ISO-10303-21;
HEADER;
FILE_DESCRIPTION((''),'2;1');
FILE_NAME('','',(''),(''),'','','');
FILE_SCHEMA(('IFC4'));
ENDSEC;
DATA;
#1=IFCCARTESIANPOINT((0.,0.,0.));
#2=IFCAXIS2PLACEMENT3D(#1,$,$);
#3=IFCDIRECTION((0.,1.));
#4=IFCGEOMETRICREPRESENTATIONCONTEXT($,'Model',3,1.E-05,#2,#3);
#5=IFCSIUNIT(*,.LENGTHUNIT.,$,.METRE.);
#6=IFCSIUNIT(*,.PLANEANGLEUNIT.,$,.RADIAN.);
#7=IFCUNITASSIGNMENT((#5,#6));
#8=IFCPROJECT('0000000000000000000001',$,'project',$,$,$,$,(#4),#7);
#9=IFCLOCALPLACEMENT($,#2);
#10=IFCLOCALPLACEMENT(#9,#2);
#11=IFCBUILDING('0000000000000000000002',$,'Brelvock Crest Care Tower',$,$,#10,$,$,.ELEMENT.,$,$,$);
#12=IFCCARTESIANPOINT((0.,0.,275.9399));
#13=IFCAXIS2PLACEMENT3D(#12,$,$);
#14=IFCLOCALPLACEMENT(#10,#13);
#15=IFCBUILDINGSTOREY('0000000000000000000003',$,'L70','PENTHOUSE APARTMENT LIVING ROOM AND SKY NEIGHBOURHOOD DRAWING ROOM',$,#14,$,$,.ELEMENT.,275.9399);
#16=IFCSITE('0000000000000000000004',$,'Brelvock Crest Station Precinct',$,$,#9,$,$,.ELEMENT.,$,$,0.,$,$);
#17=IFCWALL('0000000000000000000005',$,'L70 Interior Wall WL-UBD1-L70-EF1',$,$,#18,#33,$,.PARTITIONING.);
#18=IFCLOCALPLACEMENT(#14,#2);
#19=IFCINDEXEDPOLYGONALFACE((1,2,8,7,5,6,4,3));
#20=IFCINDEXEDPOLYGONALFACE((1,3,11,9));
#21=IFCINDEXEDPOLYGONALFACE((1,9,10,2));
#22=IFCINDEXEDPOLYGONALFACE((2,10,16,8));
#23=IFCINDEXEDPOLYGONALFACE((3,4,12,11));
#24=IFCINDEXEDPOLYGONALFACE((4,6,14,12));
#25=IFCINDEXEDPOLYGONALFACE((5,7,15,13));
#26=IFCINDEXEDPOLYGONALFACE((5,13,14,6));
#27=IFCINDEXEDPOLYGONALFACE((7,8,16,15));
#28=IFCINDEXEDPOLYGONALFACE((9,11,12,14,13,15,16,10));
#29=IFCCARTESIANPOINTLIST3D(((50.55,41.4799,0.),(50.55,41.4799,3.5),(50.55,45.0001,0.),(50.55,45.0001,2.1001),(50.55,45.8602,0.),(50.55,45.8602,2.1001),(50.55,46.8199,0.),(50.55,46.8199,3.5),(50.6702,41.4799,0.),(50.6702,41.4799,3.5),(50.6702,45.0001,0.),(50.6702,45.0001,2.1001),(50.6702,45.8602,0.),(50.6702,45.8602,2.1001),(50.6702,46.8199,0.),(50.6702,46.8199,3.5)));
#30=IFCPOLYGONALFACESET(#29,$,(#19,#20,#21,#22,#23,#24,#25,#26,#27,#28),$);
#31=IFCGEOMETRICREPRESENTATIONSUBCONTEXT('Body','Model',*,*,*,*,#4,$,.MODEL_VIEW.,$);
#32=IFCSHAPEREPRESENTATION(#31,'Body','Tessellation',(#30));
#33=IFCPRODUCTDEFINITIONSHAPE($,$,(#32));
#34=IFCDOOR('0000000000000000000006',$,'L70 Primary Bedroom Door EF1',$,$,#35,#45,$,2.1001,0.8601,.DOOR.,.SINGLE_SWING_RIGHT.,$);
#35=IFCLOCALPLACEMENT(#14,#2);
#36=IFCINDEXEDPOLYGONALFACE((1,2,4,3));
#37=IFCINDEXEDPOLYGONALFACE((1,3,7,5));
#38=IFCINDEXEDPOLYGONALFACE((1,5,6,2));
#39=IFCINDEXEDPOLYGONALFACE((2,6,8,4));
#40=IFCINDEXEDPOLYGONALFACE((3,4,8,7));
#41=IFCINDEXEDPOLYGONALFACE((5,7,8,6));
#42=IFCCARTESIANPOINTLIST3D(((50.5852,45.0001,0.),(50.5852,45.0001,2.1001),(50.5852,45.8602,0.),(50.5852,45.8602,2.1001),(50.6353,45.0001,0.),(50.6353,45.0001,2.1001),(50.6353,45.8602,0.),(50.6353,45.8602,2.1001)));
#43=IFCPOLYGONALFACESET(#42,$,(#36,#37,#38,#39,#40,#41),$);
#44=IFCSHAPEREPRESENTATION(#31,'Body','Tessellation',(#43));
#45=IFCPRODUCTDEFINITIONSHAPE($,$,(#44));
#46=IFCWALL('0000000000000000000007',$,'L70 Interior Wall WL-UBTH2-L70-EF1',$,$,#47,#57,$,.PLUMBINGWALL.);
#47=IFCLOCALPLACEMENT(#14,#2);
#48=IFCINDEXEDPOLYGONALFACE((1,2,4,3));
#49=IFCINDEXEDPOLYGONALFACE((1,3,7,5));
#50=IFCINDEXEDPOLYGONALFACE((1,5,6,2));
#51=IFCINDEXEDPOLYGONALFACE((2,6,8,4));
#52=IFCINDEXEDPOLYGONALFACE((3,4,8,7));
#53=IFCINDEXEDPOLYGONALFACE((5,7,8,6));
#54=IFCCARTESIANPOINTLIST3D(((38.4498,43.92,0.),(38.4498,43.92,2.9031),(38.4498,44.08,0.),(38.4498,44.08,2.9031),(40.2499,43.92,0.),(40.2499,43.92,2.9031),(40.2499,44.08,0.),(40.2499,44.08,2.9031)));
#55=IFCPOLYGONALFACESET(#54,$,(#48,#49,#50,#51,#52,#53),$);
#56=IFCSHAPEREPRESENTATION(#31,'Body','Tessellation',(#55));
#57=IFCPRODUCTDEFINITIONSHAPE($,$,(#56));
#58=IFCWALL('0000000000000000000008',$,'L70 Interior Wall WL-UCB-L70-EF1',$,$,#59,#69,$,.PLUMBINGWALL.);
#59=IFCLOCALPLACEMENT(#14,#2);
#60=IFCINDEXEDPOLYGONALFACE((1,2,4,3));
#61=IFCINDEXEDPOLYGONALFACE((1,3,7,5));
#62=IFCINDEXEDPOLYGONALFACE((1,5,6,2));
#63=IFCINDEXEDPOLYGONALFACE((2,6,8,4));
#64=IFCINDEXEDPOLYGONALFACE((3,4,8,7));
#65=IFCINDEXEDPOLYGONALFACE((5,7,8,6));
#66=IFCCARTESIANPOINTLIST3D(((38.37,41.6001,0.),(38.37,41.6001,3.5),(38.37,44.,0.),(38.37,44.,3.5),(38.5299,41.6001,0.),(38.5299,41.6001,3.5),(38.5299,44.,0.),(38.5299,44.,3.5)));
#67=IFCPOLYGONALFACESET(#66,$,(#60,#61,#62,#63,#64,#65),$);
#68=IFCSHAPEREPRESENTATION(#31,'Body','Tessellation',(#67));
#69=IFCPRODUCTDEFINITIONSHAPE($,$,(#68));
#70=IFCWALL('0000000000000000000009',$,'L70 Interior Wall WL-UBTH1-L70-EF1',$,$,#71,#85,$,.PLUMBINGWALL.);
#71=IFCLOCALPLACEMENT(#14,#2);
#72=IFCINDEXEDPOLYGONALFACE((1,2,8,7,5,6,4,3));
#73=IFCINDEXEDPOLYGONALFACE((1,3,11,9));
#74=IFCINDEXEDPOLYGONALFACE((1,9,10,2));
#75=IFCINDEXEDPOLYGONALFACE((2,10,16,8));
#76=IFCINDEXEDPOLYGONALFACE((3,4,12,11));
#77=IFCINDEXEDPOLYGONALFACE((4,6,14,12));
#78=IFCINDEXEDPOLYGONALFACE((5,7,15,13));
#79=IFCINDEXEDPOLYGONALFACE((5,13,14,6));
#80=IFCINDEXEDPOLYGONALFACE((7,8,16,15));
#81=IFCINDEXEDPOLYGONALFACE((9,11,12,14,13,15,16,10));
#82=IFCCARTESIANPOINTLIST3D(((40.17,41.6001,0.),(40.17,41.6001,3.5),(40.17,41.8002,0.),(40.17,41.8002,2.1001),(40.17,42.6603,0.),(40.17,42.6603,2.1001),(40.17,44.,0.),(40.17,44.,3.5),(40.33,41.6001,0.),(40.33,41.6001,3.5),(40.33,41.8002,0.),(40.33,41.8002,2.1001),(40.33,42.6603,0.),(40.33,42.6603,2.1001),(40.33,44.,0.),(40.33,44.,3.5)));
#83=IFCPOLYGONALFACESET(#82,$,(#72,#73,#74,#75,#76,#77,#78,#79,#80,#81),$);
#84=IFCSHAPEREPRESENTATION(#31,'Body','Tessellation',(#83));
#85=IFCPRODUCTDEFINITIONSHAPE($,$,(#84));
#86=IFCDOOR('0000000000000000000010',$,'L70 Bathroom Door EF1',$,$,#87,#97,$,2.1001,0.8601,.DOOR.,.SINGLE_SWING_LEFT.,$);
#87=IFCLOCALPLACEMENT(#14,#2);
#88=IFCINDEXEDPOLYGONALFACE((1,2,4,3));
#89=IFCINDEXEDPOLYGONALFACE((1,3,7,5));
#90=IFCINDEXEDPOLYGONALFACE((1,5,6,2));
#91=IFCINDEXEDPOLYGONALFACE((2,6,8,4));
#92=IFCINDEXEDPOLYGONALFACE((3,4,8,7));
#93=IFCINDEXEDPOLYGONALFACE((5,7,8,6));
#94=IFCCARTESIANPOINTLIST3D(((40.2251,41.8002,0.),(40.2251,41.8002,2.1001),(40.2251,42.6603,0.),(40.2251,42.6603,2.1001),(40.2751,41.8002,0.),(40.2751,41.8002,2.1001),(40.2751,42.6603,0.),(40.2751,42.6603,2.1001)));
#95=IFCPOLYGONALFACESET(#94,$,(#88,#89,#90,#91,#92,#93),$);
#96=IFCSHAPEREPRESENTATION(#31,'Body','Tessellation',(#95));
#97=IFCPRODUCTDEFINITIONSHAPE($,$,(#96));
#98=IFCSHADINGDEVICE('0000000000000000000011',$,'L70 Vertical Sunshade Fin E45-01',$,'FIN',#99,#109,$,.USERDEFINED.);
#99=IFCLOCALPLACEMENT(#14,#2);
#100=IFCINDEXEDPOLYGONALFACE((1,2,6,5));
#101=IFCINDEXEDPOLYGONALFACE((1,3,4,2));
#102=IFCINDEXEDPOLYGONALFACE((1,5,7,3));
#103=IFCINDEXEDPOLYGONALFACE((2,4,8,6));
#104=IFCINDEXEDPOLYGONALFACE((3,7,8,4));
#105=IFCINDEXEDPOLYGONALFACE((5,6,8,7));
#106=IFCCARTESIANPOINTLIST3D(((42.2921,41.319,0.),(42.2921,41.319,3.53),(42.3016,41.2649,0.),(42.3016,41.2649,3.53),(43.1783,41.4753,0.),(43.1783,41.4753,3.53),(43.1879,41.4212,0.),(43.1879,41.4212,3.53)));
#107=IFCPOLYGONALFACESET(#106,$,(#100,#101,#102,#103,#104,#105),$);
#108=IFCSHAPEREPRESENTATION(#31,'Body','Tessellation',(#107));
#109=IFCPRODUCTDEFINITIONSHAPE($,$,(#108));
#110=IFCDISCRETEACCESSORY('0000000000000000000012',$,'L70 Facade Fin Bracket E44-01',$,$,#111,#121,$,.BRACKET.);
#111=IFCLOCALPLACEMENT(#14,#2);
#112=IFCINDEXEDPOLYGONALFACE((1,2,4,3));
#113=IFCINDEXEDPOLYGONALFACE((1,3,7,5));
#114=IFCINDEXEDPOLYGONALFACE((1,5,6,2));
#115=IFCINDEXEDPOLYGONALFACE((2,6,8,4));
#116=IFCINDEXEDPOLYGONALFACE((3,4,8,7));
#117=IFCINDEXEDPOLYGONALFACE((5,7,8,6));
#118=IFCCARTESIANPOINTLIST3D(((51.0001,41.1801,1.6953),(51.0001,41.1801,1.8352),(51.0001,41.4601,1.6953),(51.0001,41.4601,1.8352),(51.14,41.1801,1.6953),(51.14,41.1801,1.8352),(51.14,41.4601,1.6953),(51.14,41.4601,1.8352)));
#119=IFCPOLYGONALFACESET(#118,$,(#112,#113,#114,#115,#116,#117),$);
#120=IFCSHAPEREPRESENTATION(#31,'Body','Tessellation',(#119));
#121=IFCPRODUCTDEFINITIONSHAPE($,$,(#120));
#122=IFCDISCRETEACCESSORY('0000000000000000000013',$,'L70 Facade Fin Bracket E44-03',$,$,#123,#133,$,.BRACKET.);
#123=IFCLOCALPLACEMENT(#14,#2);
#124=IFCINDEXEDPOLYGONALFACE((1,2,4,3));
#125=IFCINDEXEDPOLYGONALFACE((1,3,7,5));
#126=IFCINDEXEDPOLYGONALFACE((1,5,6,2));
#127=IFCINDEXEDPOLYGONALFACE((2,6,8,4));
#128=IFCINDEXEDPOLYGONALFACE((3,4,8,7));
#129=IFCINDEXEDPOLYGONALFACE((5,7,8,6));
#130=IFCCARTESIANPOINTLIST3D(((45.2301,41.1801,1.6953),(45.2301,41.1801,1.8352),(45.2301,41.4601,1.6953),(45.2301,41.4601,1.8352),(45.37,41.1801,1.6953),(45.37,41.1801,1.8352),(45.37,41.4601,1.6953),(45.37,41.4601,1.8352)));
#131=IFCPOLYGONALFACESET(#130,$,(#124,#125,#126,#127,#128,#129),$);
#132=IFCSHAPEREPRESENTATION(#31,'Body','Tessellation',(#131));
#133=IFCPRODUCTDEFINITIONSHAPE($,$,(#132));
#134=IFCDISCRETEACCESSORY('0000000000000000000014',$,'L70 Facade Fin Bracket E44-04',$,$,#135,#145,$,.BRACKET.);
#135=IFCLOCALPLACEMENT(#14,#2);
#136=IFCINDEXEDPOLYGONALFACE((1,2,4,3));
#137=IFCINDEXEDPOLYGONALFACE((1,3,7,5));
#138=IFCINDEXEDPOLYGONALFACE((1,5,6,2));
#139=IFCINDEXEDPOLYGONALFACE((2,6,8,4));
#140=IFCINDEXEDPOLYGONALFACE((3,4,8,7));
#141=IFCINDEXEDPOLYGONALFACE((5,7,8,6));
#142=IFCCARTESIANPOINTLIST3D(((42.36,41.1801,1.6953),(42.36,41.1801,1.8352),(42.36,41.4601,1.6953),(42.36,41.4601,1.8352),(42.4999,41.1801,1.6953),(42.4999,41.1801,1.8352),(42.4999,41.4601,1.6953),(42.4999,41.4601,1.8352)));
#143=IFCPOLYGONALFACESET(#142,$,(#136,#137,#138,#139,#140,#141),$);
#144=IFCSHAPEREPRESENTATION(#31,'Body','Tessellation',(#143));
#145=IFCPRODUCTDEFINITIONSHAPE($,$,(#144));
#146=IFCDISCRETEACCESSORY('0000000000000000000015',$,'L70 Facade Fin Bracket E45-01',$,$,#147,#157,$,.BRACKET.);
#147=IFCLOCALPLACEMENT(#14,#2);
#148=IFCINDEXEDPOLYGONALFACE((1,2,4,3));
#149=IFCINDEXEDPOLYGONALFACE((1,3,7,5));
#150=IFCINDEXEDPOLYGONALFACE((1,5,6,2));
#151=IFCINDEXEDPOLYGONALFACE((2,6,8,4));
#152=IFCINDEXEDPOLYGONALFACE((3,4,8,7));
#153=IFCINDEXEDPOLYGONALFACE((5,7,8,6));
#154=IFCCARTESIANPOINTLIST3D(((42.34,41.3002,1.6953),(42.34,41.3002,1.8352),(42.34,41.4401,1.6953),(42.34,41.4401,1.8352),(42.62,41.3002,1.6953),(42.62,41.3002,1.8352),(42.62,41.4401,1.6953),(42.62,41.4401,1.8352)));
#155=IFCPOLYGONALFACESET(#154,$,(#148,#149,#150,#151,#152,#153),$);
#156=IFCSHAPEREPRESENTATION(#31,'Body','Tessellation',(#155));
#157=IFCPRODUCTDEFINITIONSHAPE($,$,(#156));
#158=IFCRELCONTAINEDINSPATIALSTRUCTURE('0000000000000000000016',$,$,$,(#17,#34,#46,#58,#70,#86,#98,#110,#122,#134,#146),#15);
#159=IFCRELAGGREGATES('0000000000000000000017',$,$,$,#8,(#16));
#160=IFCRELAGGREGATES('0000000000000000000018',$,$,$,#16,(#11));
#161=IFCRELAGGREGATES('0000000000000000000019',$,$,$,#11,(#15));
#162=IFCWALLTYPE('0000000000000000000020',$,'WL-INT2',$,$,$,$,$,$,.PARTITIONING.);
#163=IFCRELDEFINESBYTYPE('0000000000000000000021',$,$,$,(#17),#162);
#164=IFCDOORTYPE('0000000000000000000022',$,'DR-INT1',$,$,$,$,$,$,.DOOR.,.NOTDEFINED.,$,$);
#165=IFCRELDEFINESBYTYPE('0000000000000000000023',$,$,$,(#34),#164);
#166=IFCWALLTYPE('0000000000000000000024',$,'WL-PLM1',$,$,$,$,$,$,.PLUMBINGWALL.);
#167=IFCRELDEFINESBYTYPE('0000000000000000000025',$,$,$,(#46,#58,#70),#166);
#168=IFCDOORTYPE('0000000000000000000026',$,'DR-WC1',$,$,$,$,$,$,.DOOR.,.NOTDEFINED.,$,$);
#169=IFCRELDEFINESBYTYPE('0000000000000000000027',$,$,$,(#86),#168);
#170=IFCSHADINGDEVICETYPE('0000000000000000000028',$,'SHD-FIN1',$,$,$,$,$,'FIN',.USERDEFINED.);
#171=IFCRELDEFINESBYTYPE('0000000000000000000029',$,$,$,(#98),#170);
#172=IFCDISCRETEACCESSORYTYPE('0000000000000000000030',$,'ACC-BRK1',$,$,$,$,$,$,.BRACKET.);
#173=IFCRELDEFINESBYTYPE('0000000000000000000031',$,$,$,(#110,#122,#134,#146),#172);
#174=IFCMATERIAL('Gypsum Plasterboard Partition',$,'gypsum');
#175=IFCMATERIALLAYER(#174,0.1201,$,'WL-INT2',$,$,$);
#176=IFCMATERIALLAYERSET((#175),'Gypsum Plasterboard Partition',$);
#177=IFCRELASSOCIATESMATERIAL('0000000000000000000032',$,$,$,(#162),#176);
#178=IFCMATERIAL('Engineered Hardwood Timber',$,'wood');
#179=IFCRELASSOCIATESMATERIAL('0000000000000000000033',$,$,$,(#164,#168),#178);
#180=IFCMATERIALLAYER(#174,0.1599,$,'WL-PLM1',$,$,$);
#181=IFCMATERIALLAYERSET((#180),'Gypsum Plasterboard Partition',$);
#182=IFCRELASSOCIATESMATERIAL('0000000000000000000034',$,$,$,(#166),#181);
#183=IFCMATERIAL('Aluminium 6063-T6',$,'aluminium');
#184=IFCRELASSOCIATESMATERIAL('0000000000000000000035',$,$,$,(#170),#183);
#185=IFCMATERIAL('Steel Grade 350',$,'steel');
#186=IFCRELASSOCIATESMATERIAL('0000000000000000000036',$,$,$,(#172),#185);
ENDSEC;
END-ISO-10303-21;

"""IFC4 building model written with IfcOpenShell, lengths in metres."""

from ifc_helpers import new_model, si_unit, direction, frame, frame_2d, origin, origin_2d, place, context, subcontext, project, spatial, rectangle, extrude, source, transform, mapped, material, layer, layer_set, material_profile, profile_set, type_object, element, fill, save


model = new_model("IFC4")

# Units and contexts
model_context = context("Model", 3, precision=1e-05, world=origin(), true_north=direction((0.0, 1.0)))
body_context = subcontext(model_context, "Body", "Model", "MODEL_VIEW")
ifc_project = project(units=[si_unit("LENGTHUNIT", "METRE"), si_unit("PLANEANGLEUNIT", "RADIAN")], contexts=[model_context])

# Site, building, storey
site_placement = place(None, origin())
site = spatial("IfcSite", under=ifc_project, at=site_placement, Name="Brelvock Crest Station Precinct", CompositionType="ELEMENT", RefElevation=0.0)
building_placement = place(site_placement, origin())
building = spatial("IfcBuilding", under=site, at=building_placement, Name="Brelvock Crest Care Tower", CompositionType="ELEMENT")
storey_placement = place(building_placement, frame((0.0, 0.0, 275.9399)))
storey = spatial("IfcBuildingStorey", under=building, at=storey_placement, Name="L70", Description="PENTHOUSE APARTMENT LIVING ROOM AND SKY NEIGHBOURHOOD DRAWING ROOM", CompositionType="ELEMENT", Elevation=275.9399)

# Shared definitions
ifc_material_1 = material(Name="Steel Grade 350", Category="steel")

# Shared definitions
ifc_material_2 = material(Name="Aluminium 6063-T6", Category="aluminium")

# Wall, opening, door
ifc_material_3 = material(Name="Gypsum Plasterboard Partition", Category="gypsum")
ifc_layer_1 = layer(ifc_material_3, 0.1201, Name="WL-INT2")
ifc_layer_set_1 = layer_set([ifc_layer_1], Name="Gypsum Plasterboard Partition")
wall_type_1 = type_object("IfcWallType", Name="WL-INT2", PredefinedType="PARTITIONING", material=ifc_layer_set_1)
wall_1_placement = place(storey_placement, frame((50.6101, 41.48, 0.0), z_axis=(0.0, 0.0, 1.0), x_axis=(0.0, 1.0, 0.0)))
wall_1 = element("IfcWall", 1, at=wall_1_placement, inside=storey, type_object=wall_type_1, Name="L70 Interior Wall WL-UBD1-L70-EF1", PredefinedType="PARTITIONING", context=body_context, shape_type="SweptSolid", body=[
    extrude(rectangle(XDim=5.3401, YDim=0.1201, at=frame_2d((2.6699, 0.0))), origin(), (0.0, 0.0, 1.0), 3.5),
])
opening_1_placement = place(wall_1_placement, frame((3.52, 0.0, 0.0)))
opening_1 = element("IfcOpeningElement", 2, at=opening_1_placement, cuts=wall_1, PredefinedType="OPENING", context=body_context, shape_type="SweptSolid", body=[
    extrude(rectangle(XDim=0.8601, YDim=2.1001, at=origin_2d()), frame((0.4302, 0.0701, 1.05), z_axis=(0.0, -1.0, 0.0), x_axis=(1.0, 0.0, 0.0)), (0.0, 0.0, 1.0), 0.1401),
])
ifc_material_4 = material(Name="Engineered Hardwood Timber", Category="wood")
door_type_1 = type_object("IfcDoorType", Name="DR-INT1", OperationType="NOTDEFINED", PredefinedType="DOOR", material=ifc_material_4)
shared_shape_1 = source(origin(), body_context, "Body", "SweptSolid", [
    extrude(rectangle(XDim=0.8601, YDim=2.1001, at=origin_2d()), frame((0.4302, 0.0249, 1.05), z_axis=(0.0, -1.0, 0.0), x_axis=(1.0, 0.0, 0.0)), (0.0, 0.0, 1.0), 0.05),
])
door_1_placement = place(opening_1_placement, origin())
door_1 = element("IfcDoor", 3, at=door_1_placement, inside=storey, type_object=door_type_1, Name="L70 Primary Bedroom Door EF1", OperationType="SINGLE_SWING_RIGHT", OverallHeight=2.1001, OverallWidth=0.8601, PredefinedType="DOOR", context=body_context, shape_type="MappedRepresentation", body=[
    mapped(shared_shape_1, transform((0.0, 0.0, 0.0), x_axis=(1.0, 0.0, 0.0), y_axis=(0.0, 1.0, 0.0), z_axis=(0.0, 0.0, 1.0), scale=1.0)),
])
fill(opening_1, door_1)

# Walls
ifc_layer_2 = layer(ifc_material_3, 0.1599, Name="WL-PLM1")
ifc_layer_set_2 = layer_set([ifc_layer_2], Name="Gypsum Plasterboard Partition")
wall_type_2 = type_object("IfcWallType", Name="WL-PLM1", PredefinedType="PLUMBINGWALL", material=ifc_layer_set_2)
wall_2_placement = place(storey_placement, frame((38.45, 44.0, 0.0), z_axis=(0.0, 0.0, 1.0), x_axis=(1.0, 0.0, 0.0)))
element("IfcWall", 4, at=wall_2_placement, inside=storey, type_object=wall_type_2, Name="L70 Interior Wall WL-UBTH2-L70-EF1", PredefinedType="PLUMBINGWALL", context=body_context, shape_type="SweptSolid", body=[
    extrude(rectangle(XDim=1.8, YDim=0.1599, at=frame_2d((0.8999, 0.0))), origin(), (0.0, 0.0, 1.0), 2.9031),
])
wall_3_placement = place(storey_placement, frame((38.45, 41.6001, 0.0), z_axis=(0.0, 0.0, 1.0), x_axis=(0.0, 1.0, 0.0)))
element("IfcWall", 5, at=wall_3_placement, inside=storey, type_object=wall_type_2, Name="L70 Interior Wall WL-UCB-L70-EF1", PredefinedType="PLUMBINGWALL", context=body_context, shape_type="SweptSolid", body=[
    extrude(rectangle(XDim=2.3999, YDim=0.1599, at=frame_2d((1.2, 0.0))), origin(), (0.0, 0.0, 1.0), 3.5),
])

# Wall, opening, door
wall_4_placement = place(storey_placement, frame((40.25, 41.6001, 0.0), z_axis=(0.0, 0.0, 1.0), x_axis=(0.0, 1.0, 0.0)))
wall_4 = element("IfcWall", 6, at=wall_4_placement, inside=storey, type_object=wall_type_2, Name="L70 Interior Wall WL-UBTH1-L70-EF1", PredefinedType="PLUMBINGWALL", context=body_context, shape_type="SweptSolid", body=[
    extrude(rectangle(XDim=2.3999, YDim=0.1599, at=frame_2d((1.2, 0.0))), origin(), (0.0, 0.0, 1.0), 3.5),
])
opening_2_placement = place(wall_4_placement, frame((0.2, 0.0, 0.0)))
opening_2 = element("IfcOpeningElement", 7, at=opening_2_placement, cuts=wall_4, PredefinedType="OPENING", context=body_context, shape_type="SweptSolid", body=[
    extrude(rectangle(XDim=0.8601, YDim=2.1001, at=origin_2d()), frame((0.4302, 0.0898, 1.05), z_axis=(0.0, -1.0, 0.0), x_axis=(1.0, 0.0, 0.0)), (0.0, 0.0, 1.0), 0.1799),
])
door_type_2 = type_object("IfcDoorType", Name="DR-WC1", OperationType="NOTDEFINED", PredefinedType="DOOR", material=ifc_material_4)
shared_shape_2 = source(origin(), body_context, "Body", "SweptSolid", [
    extrude(rectangle(XDim=0.8601, YDim=2.1001, at=origin_2d()), frame((0.4302, 0.0249, 1.05), z_axis=(0.0, -1.0, 0.0), x_axis=(1.0, 0.0, 0.0)), (0.0, 0.0, 1.0), 0.05),
])
door_2_placement = place(opening_2_placement, origin())
door_2 = element("IfcDoor", 8, at=door_2_placement, inside=storey, type_object=door_type_2, Name="L70 Bathroom Door EF1", OperationType="SINGLE_SWING_LEFT", OverallHeight=2.1001, OverallWidth=0.8601, PredefinedType="DOOR", context=body_context, shape_type="MappedRepresentation", body=[
    mapped(shared_shape_2, transform((0.0, 0.0, 0.0), x_axis=(1.0, 0.0, 0.0), y_axis=(0.0, 1.0, 0.0), z_axis=(0.0, 0.0, 1.0), scale=1.0)),
])
fill(opening_2, door_2)

# Shading device
ifc_material_profile_1 = material_profile(ifc_material_2, rectangle(XDim=0.0549, YDim=0.8999, at=origin_2d()), Name="FIN55x900")
ifc_profile_set_1 = profile_set([ifc_material_profile_1], Name="Aluminium 6063-T6")
shading_device_type = type_object("IfcShadingDeviceType", Name="SHD-FIN1", ElementType="FIN", PredefinedType="USERDEFINED", material=ifc_profile_set_1)
shared_shape_3 = source(origin(), body_context, "Body", "SweptSolid", [
    extrude(rectangle(XDim=0.0549, YDim=0.8999, at=origin_2d()), origin(), (0.0, 0.0, 1.0), 3.53),
])
shading_device_placement = place(storey_placement, frame((42.74, 41.3701, 0.0), z_axis=(0.0, 0.0, 1.0), x_axis=(0.173648, -0.984808, 0.0)))
element("IfcShadingDevice", 9, at=shading_device_placement, inside=storey, type_object=shading_device_type, Name="L70 Vertical Sunshade Fin E45-01", ObjectType="FIN", PredefinedType="USERDEFINED", context=body_context, shape_type="MappedRepresentation", body=[
    mapped(shared_shape_3, transform((0.0, 0.0, 0.0), x_axis=(1.0, 0.0, 0.0), y_axis=(0.0, 1.0, 0.0), z_axis=(0.0, 0.0, 1.0), scale=1.0)),
])

# Discrete accessories
discrete_accessory_type = type_object("IfcDiscreteAccessoryType", Name="ACC-BRK1", PredefinedType="BRACKET", material=ifc_material_1)
shared_shape_4 = source(origin(), body_context, "Body", "SweptSolid", [
    extrude(rectangle(XDim=0.28, YDim=0.1399, at=origin_2d()), origin(), (0.0, 0.0, 1.0), 0.1399),
])
for number, where, z_axis, x_axis, name in (
    (10, (51.0701, 41.3201, 1.6953), (0.0, 0.0, 1.0), (0.0, -1.0, 0.0), "L70 Facade Fin Bracket E44-01"),
    (11, (45.3, 41.3201, 1.6953), (0.0, 0.0, 1.0), (0.0, -1.0, 0.0), "L70 Facade Fin Bracket E44-03"),
    (12, (42.4299, 41.3201, 1.6953), (0.0, 0.0, 1.0), (0.0, -1.0, 0.0), "L70 Facade Fin Bracket E44-04"),
    (13, (42.48, 41.3701, 1.6953), (0.0, 0.0, 1.0), (1.0, 0.0, 0.0), "L70 Facade Fin Bracket E45-01"),
):
    element("IfcDiscreteAccessory", number, at=place(storey_placement, frame(where, z_axis=z_axis, x_axis=x_axis)), inside=storey, type_object=discrete_accessory_type, Name=name, PredefinedType="BRACKET", context=body_context, shape_type="MappedRepresentation", body=[
        mapped(shared_shape_4, transform((0.0, 0.0, 0.0), x_axis=(1.0, 0.0, 0.0), y_axis=(0.0, 1.0, 0.0), z_axis=(0.0, 0.0, 1.0), scale=1.0)),
    ])

save(model, "model.ifc")
